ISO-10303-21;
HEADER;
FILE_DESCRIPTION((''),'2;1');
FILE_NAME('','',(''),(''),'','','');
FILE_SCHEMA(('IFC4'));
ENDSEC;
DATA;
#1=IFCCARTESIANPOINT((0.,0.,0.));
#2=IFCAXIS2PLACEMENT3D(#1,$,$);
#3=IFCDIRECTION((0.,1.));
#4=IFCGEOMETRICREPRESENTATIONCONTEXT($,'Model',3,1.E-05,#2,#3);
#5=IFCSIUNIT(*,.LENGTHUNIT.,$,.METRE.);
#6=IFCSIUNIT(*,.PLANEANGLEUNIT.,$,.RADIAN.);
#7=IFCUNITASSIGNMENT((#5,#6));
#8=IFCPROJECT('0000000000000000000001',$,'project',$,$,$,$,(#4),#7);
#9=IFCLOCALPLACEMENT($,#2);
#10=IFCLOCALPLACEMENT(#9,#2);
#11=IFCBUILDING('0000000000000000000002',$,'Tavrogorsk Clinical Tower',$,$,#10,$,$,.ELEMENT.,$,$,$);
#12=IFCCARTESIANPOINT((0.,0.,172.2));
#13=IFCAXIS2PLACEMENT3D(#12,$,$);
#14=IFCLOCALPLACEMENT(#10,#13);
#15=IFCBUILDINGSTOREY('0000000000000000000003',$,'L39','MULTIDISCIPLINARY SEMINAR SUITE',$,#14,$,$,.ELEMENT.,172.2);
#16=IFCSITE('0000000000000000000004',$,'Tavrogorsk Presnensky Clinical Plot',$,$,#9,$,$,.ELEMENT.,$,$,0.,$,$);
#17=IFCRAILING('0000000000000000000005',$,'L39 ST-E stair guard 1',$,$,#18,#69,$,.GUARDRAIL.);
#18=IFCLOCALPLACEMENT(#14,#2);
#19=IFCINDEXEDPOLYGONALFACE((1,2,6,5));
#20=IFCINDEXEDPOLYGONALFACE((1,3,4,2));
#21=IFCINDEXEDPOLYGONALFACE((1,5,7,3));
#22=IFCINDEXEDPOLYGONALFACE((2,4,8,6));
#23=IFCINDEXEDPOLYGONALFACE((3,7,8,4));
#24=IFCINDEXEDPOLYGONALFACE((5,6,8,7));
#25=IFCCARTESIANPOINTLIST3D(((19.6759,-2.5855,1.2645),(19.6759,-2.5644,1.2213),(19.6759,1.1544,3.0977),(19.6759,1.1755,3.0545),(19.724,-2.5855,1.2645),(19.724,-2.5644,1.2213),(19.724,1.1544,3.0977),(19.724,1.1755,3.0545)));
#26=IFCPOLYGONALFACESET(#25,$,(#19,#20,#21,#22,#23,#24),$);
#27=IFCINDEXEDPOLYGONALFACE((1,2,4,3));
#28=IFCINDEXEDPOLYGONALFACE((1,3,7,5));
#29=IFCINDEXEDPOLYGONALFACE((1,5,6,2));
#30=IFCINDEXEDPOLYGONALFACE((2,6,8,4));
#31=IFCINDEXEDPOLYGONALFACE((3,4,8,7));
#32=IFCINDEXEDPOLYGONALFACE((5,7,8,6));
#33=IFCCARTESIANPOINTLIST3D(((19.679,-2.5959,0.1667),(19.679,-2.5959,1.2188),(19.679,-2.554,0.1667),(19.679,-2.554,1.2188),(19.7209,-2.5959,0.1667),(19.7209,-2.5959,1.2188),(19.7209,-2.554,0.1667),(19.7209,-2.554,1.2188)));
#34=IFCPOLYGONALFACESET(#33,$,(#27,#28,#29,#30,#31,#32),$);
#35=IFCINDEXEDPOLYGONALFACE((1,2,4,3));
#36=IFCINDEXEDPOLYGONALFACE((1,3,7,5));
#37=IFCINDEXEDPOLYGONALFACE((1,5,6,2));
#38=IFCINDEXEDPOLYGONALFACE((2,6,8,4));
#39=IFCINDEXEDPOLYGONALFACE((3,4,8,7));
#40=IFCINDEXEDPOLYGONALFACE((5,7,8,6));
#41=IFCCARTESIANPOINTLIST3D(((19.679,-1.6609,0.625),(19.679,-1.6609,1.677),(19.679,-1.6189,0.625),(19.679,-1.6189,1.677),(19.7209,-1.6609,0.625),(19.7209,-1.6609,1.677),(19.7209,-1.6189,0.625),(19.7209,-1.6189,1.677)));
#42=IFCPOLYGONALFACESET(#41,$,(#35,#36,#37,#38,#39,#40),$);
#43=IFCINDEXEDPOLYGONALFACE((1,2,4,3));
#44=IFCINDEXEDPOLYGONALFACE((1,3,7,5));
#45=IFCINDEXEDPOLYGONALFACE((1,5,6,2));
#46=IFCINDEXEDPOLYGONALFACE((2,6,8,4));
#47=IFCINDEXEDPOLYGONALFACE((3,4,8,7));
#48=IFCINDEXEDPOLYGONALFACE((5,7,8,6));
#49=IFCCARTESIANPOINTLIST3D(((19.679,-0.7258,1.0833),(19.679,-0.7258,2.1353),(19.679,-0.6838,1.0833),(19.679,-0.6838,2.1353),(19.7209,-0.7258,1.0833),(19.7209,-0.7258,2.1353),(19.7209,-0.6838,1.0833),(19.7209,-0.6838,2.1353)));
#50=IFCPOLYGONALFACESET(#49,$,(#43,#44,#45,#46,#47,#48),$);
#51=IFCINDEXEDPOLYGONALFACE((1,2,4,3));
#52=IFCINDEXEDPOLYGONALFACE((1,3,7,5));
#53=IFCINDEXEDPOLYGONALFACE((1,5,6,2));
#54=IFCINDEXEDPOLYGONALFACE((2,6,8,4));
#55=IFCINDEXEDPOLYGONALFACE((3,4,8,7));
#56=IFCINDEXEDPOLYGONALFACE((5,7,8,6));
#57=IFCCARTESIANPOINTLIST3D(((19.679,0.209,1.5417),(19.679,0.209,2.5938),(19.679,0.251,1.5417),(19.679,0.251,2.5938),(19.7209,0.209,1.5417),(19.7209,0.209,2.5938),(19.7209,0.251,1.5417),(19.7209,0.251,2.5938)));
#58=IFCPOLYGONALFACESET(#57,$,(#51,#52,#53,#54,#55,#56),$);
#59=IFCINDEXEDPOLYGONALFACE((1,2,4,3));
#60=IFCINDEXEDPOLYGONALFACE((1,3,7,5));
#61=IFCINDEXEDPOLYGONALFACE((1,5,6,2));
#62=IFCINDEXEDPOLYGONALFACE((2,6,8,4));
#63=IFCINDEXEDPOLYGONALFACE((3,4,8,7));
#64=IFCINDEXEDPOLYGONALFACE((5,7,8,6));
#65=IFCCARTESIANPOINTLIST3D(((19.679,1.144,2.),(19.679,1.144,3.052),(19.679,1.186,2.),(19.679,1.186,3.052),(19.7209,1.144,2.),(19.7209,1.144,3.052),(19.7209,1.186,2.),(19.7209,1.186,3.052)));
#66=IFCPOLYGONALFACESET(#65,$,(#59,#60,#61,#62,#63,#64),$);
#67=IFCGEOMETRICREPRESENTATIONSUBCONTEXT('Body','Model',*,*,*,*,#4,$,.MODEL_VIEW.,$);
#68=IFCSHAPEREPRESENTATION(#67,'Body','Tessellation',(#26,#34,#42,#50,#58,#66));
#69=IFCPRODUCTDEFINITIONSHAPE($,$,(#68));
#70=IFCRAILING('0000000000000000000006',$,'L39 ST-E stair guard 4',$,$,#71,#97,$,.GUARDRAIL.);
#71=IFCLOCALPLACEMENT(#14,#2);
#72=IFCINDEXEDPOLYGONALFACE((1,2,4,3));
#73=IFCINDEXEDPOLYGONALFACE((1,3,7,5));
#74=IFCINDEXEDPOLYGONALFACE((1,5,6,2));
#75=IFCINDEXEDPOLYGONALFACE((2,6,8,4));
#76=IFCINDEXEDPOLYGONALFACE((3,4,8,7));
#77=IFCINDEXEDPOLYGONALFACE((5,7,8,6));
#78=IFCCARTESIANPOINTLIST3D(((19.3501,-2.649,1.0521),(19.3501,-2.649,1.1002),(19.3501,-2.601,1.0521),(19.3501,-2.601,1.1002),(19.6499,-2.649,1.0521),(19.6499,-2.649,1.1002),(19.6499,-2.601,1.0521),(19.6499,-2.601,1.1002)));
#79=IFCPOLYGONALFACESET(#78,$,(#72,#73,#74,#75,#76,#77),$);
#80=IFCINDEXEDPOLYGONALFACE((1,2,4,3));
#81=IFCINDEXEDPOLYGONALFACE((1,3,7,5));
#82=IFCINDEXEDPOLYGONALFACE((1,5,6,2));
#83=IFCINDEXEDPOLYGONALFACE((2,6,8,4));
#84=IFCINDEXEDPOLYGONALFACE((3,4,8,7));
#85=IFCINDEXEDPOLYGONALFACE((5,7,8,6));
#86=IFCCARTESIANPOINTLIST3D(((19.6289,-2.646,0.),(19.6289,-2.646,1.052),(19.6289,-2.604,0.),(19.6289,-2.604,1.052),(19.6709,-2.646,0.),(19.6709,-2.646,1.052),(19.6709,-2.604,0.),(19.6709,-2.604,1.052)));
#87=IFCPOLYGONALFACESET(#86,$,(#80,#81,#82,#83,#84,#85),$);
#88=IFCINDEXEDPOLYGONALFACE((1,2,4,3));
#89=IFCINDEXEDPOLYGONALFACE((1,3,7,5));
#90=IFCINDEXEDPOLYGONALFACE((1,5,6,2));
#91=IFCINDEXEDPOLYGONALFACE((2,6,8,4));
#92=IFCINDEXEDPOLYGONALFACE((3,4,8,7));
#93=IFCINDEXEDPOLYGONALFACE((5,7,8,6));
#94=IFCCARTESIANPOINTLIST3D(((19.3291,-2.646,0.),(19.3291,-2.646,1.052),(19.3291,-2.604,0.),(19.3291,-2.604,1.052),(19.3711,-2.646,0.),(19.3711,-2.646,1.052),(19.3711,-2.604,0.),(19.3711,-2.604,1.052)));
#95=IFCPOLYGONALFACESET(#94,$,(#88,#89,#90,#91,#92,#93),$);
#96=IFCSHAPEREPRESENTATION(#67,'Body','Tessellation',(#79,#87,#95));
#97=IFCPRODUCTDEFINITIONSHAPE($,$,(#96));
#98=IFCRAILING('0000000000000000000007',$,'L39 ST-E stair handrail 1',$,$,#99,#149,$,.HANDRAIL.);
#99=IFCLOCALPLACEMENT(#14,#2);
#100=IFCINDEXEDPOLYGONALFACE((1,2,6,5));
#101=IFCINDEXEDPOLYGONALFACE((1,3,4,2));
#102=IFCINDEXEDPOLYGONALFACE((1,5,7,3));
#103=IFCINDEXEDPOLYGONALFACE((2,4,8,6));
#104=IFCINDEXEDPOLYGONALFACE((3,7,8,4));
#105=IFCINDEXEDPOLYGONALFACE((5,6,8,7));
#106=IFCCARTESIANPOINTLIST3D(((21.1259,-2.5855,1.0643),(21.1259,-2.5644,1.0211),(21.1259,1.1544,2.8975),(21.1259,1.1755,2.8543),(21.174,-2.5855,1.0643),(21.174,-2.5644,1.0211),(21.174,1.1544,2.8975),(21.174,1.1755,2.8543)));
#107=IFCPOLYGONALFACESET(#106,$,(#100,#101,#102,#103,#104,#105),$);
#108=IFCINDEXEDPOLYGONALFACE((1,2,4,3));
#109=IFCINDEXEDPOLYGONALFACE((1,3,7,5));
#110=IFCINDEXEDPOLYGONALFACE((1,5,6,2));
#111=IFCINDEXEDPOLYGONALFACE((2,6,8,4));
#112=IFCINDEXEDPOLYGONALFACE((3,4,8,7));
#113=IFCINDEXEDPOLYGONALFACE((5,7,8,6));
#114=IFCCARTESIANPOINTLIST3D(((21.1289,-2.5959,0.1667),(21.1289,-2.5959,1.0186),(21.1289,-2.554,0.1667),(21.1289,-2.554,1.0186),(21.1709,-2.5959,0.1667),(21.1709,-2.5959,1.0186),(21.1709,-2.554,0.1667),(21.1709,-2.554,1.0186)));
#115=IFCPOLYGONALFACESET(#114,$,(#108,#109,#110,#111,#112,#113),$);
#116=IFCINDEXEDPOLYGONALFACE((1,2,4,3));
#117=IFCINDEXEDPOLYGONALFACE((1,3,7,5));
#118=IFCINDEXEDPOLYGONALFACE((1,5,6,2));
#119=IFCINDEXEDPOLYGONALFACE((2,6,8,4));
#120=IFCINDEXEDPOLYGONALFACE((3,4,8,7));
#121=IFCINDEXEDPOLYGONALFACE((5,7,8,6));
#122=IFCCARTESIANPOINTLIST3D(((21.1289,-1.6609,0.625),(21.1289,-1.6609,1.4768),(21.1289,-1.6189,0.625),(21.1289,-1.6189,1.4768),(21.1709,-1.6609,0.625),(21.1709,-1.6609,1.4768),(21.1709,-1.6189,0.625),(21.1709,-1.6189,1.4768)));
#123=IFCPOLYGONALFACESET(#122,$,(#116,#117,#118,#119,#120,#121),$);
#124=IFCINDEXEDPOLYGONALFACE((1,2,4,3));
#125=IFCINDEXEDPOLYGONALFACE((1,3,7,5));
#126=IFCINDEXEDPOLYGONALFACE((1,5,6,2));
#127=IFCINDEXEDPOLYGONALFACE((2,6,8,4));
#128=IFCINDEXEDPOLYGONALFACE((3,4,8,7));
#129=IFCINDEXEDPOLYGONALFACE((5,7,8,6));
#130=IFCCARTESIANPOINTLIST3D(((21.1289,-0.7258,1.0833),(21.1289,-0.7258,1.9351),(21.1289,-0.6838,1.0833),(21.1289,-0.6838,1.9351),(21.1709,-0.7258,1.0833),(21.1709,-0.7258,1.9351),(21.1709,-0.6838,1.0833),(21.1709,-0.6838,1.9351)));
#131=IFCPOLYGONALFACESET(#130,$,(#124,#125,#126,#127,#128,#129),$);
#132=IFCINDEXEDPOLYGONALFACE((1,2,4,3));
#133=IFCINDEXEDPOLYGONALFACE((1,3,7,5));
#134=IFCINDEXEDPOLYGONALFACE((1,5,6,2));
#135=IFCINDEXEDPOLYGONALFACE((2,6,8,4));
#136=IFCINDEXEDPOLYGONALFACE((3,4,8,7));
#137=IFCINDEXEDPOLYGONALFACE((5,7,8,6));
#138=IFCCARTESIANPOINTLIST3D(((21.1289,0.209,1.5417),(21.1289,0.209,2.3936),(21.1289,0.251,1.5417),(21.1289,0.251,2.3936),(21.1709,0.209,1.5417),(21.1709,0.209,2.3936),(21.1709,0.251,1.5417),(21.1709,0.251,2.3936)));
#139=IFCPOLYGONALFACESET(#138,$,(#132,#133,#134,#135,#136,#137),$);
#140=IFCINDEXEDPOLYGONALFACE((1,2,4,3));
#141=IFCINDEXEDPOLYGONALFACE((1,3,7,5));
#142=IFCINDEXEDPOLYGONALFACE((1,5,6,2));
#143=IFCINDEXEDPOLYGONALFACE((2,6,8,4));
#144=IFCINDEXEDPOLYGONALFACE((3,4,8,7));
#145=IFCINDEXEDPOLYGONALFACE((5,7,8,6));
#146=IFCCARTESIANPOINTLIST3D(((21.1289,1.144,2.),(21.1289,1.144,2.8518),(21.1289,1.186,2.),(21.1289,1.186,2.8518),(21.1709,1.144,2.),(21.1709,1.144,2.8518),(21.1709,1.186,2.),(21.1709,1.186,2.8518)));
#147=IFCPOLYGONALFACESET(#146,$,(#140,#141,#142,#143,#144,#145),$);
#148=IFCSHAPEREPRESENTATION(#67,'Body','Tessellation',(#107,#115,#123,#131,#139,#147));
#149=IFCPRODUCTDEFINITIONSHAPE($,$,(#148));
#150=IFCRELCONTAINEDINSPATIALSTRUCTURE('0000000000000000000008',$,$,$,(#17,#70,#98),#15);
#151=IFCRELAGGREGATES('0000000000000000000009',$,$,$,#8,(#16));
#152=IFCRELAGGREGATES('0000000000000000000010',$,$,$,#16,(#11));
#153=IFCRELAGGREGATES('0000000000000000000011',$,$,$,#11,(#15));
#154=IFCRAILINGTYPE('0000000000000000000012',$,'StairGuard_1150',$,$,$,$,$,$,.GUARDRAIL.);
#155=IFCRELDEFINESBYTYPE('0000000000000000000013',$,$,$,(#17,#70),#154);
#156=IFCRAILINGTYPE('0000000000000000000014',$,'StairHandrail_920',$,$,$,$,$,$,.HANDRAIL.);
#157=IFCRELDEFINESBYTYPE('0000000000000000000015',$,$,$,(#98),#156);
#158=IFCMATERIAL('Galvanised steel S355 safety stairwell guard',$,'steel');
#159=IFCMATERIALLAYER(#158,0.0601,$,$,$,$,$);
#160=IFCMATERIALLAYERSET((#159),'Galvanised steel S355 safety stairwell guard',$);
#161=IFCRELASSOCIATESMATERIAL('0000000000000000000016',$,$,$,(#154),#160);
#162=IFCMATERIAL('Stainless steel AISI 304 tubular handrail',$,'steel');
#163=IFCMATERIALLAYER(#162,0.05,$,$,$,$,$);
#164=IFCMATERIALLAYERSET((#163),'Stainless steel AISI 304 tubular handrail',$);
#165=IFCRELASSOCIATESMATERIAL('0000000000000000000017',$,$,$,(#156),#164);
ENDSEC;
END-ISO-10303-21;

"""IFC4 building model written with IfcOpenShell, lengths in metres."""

from ifc_helpers import new_model, si_unit, direction, frame, origin, origin_2d, place, context, subcontext, project, spatial, rectangle, extrude, material, layer, layer_set, type_object, element, save


model = new_model("IFC4")

# Units and contexts
model_context = context("Model", 3, precision=1e-05, world=origin(), true_north=direction((0.0, 1.0)))
body_context = subcontext(model_context, "Body", "Model", "MODEL_VIEW")
ifc_project = project(units=[si_unit("LENGTHUNIT", "METRE"), si_unit("PLANEANGLEUNIT", "RADIAN")], contexts=[model_context])

# Site, building, storey
site_placement = place(None, origin())
site = spatial("IfcSite", under=ifc_project, at=site_placement, Name="Tavrogorsk Presnensky Clinical Plot", CompositionType="ELEMENT", RefElevation=0.0)
building_placement = place(site_placement, origin())
building = spatial("IfcBuilding", under=site, at=building_placement, Name="Tavrogorsk Clinical Tower", CompositionType="ELEMENT")
storey_placement = place(building_placement, frame((0.0, 0.0, 172.2)))
storey = spatial("IfcBuildingStorey", under=building, at=storey_placement, Name="L39", Description="MULTIDISCIPLINARY SEMINAR SUITE", CompositionType="ELEMENT", Elevation=172.2)

# Railings
ifc_material_1 = material(Name="Galvanised steel S355 safety stairwell guard", Category="steel")
ifc_layer_1 = layer(ifc_material_1, 0.0601)
ifc_layer_set_1 = layer_set([ifc_layer_1], Name="Galvanised steel S355 safety stairwell guard")
railing_type_1 = type_object("IfcRailingType", Name="StairGuard_1150", PredefinedType="GUARDRAIL", material=ifc_layer_set_1)
railing_1_placement = place(storey_placement, frame((19.7, -2.575, 0.1667)))
element("IfcRailing", 1, at=railing_1_placement, inside=storey, type_object=railing_type_1, Name="L39 ST-E stair guard 1", PredefinedType="GUARDRAIL", context=body_context, shape_type="SweptSolid", body=[
    extrude(rectangle(XDim=0.0481, YDim=0.0481, at=origin_2d()), frame((0.0, 0.0, 1.0762), z_axis=(0.0, 0.897928, 0.440142), x_axis=(-1.0, 0.0, 0.0)), (0.0, 0.0, 1.0), 4.165),
    extrude(rectangle(XDim=0.042, YDim=0.042, at=origin_2d()), origin(), (0.0, 0.0, 1.0), 1.052),
    extrude(rectangle(XDim=0.042, YDim=0.042, at=origin_2d()), frame((0.0, 0.9351, 0.4583)), (0.0, 0.0, 1.0), 1.052),
    extrude(rectangle(XDim=0.042, YDim=0.042, at=origin_2d()), frame((0.0, 1.8701, 0.9165)), (0.0, 0.0, 1.0), 1.052),
    extrude(rectangle(XDim=0.042, YDim=0.042, at=origin_2d()), frame((0.0, 2.8049, 1.375)), (0.0, 0.0, 1.0), 1.052),
    extrude(rectangle(XDim=0.042, YDim=0.042, at=origin_2d()), frame((0.0, 3.74, 1.8333)), (0.0, 0.0, 1.0), 1.052),
])
railing_2_placement = place(storey_placement, frame((19.6499, -2.625, 0.0)))
element("IfcRailing", 2, at=railing_2_placement, inside=storey, type_object=railing_type_1, Name="L39 ST-E stair guard 4", PredefinedType="GUARDRAIL", context=body_context, shape_type="SweptSolid", body=[
    extrude(rectangle(XDim=0.0481, YDim=0.0481, at=origin_2d()), frame((0.0, 0.0, 1.0762), z_axis=(-1.0, 0.0, 0.0), x_axis=(0.0, -1.0, 0.0)), (0.0, 0.0, 1.0), 0.2998),
    extrude(rectangle(XDim=0.042, YDim=0.042, at=origin_2d()), origin(), (0.0, 0.0, 1.0), 1.052),
    extrude(rectangle(XDim=0.042, YDim=0.042, at=origin_2d()), frame((-0.2998, 0.0, 0.0)), (0.0, 0.0, 1.0), 1.052),
])
ifc_material_2 = material(Name="Stainless steel AISI 304 tubular handrail", Category="steel")
ifc_layer_2 = layer(ifc_material_2, 0.05)
ifc_layer_set_2 = layer_set([ifc_layer_2], Name="Stainless steel AISI 304 tubular handrail")
railing_type_2 = type_object("IfcRailingType", Name="StairHandrail_920", PredefinedType="HANDRAIL", material=ifc_layer_set_2)
railing_3_placement = place(storey_placement, frame((21.1499, -2.575, 0.1667)))
element("IfcRailing", 3, at=railing_3_placement, inside=storey, type_object=railing_type_2, Name="L39 ST-E stair handrail 1", PredefinedType="HANDRAIL", context=body_context, shape_type="SweptSolid", body=[
    extrude(rectangle(XDim=0.0481, YDim=0.0481, at=origin_2d()), frame((0.0, 0.0, 0.876), z_axis=(0.0, 0.897928, 0.440142), x_axis=(-1.0, 0.0, 0.0)), (0.0, 0.0, 1.0), 4.165),
    extrude(rectangle(XDim=0.042, YDim=0.042, at=origin_2d()), origin(), (0.0, 0.0, 1.0), 0.8518),
    extrude(rectangle(XDim=0.042, YDim=0.042, at=origin_2d()), frame((0.0, 0.9351, 0.4583)), (0.0, 0.0, 1.0), 0.8518),
    extrude(rectangle(XDim=0.042, YDim=0.042, at=origin_2d()), frame((0.0, 1.8701, 0.9165)), (0.0, 0.0, 1.0), 0.8518),
    extrude(rectangle(XDim=0.042, YDim=0.042, at=origin_2d()), frame((0.0, 2.8049, 1.375)), (0.0, 0.0, 1.0), 0.8518),
    extrude(rectangle(XDim=0.042, YDim=0.042, at=origin_2d()), frame((0.0, 3.74, 1.8333)), (0.0, 0.0, 1.0), 0.8518),
])

save(model, "model.ifc")
